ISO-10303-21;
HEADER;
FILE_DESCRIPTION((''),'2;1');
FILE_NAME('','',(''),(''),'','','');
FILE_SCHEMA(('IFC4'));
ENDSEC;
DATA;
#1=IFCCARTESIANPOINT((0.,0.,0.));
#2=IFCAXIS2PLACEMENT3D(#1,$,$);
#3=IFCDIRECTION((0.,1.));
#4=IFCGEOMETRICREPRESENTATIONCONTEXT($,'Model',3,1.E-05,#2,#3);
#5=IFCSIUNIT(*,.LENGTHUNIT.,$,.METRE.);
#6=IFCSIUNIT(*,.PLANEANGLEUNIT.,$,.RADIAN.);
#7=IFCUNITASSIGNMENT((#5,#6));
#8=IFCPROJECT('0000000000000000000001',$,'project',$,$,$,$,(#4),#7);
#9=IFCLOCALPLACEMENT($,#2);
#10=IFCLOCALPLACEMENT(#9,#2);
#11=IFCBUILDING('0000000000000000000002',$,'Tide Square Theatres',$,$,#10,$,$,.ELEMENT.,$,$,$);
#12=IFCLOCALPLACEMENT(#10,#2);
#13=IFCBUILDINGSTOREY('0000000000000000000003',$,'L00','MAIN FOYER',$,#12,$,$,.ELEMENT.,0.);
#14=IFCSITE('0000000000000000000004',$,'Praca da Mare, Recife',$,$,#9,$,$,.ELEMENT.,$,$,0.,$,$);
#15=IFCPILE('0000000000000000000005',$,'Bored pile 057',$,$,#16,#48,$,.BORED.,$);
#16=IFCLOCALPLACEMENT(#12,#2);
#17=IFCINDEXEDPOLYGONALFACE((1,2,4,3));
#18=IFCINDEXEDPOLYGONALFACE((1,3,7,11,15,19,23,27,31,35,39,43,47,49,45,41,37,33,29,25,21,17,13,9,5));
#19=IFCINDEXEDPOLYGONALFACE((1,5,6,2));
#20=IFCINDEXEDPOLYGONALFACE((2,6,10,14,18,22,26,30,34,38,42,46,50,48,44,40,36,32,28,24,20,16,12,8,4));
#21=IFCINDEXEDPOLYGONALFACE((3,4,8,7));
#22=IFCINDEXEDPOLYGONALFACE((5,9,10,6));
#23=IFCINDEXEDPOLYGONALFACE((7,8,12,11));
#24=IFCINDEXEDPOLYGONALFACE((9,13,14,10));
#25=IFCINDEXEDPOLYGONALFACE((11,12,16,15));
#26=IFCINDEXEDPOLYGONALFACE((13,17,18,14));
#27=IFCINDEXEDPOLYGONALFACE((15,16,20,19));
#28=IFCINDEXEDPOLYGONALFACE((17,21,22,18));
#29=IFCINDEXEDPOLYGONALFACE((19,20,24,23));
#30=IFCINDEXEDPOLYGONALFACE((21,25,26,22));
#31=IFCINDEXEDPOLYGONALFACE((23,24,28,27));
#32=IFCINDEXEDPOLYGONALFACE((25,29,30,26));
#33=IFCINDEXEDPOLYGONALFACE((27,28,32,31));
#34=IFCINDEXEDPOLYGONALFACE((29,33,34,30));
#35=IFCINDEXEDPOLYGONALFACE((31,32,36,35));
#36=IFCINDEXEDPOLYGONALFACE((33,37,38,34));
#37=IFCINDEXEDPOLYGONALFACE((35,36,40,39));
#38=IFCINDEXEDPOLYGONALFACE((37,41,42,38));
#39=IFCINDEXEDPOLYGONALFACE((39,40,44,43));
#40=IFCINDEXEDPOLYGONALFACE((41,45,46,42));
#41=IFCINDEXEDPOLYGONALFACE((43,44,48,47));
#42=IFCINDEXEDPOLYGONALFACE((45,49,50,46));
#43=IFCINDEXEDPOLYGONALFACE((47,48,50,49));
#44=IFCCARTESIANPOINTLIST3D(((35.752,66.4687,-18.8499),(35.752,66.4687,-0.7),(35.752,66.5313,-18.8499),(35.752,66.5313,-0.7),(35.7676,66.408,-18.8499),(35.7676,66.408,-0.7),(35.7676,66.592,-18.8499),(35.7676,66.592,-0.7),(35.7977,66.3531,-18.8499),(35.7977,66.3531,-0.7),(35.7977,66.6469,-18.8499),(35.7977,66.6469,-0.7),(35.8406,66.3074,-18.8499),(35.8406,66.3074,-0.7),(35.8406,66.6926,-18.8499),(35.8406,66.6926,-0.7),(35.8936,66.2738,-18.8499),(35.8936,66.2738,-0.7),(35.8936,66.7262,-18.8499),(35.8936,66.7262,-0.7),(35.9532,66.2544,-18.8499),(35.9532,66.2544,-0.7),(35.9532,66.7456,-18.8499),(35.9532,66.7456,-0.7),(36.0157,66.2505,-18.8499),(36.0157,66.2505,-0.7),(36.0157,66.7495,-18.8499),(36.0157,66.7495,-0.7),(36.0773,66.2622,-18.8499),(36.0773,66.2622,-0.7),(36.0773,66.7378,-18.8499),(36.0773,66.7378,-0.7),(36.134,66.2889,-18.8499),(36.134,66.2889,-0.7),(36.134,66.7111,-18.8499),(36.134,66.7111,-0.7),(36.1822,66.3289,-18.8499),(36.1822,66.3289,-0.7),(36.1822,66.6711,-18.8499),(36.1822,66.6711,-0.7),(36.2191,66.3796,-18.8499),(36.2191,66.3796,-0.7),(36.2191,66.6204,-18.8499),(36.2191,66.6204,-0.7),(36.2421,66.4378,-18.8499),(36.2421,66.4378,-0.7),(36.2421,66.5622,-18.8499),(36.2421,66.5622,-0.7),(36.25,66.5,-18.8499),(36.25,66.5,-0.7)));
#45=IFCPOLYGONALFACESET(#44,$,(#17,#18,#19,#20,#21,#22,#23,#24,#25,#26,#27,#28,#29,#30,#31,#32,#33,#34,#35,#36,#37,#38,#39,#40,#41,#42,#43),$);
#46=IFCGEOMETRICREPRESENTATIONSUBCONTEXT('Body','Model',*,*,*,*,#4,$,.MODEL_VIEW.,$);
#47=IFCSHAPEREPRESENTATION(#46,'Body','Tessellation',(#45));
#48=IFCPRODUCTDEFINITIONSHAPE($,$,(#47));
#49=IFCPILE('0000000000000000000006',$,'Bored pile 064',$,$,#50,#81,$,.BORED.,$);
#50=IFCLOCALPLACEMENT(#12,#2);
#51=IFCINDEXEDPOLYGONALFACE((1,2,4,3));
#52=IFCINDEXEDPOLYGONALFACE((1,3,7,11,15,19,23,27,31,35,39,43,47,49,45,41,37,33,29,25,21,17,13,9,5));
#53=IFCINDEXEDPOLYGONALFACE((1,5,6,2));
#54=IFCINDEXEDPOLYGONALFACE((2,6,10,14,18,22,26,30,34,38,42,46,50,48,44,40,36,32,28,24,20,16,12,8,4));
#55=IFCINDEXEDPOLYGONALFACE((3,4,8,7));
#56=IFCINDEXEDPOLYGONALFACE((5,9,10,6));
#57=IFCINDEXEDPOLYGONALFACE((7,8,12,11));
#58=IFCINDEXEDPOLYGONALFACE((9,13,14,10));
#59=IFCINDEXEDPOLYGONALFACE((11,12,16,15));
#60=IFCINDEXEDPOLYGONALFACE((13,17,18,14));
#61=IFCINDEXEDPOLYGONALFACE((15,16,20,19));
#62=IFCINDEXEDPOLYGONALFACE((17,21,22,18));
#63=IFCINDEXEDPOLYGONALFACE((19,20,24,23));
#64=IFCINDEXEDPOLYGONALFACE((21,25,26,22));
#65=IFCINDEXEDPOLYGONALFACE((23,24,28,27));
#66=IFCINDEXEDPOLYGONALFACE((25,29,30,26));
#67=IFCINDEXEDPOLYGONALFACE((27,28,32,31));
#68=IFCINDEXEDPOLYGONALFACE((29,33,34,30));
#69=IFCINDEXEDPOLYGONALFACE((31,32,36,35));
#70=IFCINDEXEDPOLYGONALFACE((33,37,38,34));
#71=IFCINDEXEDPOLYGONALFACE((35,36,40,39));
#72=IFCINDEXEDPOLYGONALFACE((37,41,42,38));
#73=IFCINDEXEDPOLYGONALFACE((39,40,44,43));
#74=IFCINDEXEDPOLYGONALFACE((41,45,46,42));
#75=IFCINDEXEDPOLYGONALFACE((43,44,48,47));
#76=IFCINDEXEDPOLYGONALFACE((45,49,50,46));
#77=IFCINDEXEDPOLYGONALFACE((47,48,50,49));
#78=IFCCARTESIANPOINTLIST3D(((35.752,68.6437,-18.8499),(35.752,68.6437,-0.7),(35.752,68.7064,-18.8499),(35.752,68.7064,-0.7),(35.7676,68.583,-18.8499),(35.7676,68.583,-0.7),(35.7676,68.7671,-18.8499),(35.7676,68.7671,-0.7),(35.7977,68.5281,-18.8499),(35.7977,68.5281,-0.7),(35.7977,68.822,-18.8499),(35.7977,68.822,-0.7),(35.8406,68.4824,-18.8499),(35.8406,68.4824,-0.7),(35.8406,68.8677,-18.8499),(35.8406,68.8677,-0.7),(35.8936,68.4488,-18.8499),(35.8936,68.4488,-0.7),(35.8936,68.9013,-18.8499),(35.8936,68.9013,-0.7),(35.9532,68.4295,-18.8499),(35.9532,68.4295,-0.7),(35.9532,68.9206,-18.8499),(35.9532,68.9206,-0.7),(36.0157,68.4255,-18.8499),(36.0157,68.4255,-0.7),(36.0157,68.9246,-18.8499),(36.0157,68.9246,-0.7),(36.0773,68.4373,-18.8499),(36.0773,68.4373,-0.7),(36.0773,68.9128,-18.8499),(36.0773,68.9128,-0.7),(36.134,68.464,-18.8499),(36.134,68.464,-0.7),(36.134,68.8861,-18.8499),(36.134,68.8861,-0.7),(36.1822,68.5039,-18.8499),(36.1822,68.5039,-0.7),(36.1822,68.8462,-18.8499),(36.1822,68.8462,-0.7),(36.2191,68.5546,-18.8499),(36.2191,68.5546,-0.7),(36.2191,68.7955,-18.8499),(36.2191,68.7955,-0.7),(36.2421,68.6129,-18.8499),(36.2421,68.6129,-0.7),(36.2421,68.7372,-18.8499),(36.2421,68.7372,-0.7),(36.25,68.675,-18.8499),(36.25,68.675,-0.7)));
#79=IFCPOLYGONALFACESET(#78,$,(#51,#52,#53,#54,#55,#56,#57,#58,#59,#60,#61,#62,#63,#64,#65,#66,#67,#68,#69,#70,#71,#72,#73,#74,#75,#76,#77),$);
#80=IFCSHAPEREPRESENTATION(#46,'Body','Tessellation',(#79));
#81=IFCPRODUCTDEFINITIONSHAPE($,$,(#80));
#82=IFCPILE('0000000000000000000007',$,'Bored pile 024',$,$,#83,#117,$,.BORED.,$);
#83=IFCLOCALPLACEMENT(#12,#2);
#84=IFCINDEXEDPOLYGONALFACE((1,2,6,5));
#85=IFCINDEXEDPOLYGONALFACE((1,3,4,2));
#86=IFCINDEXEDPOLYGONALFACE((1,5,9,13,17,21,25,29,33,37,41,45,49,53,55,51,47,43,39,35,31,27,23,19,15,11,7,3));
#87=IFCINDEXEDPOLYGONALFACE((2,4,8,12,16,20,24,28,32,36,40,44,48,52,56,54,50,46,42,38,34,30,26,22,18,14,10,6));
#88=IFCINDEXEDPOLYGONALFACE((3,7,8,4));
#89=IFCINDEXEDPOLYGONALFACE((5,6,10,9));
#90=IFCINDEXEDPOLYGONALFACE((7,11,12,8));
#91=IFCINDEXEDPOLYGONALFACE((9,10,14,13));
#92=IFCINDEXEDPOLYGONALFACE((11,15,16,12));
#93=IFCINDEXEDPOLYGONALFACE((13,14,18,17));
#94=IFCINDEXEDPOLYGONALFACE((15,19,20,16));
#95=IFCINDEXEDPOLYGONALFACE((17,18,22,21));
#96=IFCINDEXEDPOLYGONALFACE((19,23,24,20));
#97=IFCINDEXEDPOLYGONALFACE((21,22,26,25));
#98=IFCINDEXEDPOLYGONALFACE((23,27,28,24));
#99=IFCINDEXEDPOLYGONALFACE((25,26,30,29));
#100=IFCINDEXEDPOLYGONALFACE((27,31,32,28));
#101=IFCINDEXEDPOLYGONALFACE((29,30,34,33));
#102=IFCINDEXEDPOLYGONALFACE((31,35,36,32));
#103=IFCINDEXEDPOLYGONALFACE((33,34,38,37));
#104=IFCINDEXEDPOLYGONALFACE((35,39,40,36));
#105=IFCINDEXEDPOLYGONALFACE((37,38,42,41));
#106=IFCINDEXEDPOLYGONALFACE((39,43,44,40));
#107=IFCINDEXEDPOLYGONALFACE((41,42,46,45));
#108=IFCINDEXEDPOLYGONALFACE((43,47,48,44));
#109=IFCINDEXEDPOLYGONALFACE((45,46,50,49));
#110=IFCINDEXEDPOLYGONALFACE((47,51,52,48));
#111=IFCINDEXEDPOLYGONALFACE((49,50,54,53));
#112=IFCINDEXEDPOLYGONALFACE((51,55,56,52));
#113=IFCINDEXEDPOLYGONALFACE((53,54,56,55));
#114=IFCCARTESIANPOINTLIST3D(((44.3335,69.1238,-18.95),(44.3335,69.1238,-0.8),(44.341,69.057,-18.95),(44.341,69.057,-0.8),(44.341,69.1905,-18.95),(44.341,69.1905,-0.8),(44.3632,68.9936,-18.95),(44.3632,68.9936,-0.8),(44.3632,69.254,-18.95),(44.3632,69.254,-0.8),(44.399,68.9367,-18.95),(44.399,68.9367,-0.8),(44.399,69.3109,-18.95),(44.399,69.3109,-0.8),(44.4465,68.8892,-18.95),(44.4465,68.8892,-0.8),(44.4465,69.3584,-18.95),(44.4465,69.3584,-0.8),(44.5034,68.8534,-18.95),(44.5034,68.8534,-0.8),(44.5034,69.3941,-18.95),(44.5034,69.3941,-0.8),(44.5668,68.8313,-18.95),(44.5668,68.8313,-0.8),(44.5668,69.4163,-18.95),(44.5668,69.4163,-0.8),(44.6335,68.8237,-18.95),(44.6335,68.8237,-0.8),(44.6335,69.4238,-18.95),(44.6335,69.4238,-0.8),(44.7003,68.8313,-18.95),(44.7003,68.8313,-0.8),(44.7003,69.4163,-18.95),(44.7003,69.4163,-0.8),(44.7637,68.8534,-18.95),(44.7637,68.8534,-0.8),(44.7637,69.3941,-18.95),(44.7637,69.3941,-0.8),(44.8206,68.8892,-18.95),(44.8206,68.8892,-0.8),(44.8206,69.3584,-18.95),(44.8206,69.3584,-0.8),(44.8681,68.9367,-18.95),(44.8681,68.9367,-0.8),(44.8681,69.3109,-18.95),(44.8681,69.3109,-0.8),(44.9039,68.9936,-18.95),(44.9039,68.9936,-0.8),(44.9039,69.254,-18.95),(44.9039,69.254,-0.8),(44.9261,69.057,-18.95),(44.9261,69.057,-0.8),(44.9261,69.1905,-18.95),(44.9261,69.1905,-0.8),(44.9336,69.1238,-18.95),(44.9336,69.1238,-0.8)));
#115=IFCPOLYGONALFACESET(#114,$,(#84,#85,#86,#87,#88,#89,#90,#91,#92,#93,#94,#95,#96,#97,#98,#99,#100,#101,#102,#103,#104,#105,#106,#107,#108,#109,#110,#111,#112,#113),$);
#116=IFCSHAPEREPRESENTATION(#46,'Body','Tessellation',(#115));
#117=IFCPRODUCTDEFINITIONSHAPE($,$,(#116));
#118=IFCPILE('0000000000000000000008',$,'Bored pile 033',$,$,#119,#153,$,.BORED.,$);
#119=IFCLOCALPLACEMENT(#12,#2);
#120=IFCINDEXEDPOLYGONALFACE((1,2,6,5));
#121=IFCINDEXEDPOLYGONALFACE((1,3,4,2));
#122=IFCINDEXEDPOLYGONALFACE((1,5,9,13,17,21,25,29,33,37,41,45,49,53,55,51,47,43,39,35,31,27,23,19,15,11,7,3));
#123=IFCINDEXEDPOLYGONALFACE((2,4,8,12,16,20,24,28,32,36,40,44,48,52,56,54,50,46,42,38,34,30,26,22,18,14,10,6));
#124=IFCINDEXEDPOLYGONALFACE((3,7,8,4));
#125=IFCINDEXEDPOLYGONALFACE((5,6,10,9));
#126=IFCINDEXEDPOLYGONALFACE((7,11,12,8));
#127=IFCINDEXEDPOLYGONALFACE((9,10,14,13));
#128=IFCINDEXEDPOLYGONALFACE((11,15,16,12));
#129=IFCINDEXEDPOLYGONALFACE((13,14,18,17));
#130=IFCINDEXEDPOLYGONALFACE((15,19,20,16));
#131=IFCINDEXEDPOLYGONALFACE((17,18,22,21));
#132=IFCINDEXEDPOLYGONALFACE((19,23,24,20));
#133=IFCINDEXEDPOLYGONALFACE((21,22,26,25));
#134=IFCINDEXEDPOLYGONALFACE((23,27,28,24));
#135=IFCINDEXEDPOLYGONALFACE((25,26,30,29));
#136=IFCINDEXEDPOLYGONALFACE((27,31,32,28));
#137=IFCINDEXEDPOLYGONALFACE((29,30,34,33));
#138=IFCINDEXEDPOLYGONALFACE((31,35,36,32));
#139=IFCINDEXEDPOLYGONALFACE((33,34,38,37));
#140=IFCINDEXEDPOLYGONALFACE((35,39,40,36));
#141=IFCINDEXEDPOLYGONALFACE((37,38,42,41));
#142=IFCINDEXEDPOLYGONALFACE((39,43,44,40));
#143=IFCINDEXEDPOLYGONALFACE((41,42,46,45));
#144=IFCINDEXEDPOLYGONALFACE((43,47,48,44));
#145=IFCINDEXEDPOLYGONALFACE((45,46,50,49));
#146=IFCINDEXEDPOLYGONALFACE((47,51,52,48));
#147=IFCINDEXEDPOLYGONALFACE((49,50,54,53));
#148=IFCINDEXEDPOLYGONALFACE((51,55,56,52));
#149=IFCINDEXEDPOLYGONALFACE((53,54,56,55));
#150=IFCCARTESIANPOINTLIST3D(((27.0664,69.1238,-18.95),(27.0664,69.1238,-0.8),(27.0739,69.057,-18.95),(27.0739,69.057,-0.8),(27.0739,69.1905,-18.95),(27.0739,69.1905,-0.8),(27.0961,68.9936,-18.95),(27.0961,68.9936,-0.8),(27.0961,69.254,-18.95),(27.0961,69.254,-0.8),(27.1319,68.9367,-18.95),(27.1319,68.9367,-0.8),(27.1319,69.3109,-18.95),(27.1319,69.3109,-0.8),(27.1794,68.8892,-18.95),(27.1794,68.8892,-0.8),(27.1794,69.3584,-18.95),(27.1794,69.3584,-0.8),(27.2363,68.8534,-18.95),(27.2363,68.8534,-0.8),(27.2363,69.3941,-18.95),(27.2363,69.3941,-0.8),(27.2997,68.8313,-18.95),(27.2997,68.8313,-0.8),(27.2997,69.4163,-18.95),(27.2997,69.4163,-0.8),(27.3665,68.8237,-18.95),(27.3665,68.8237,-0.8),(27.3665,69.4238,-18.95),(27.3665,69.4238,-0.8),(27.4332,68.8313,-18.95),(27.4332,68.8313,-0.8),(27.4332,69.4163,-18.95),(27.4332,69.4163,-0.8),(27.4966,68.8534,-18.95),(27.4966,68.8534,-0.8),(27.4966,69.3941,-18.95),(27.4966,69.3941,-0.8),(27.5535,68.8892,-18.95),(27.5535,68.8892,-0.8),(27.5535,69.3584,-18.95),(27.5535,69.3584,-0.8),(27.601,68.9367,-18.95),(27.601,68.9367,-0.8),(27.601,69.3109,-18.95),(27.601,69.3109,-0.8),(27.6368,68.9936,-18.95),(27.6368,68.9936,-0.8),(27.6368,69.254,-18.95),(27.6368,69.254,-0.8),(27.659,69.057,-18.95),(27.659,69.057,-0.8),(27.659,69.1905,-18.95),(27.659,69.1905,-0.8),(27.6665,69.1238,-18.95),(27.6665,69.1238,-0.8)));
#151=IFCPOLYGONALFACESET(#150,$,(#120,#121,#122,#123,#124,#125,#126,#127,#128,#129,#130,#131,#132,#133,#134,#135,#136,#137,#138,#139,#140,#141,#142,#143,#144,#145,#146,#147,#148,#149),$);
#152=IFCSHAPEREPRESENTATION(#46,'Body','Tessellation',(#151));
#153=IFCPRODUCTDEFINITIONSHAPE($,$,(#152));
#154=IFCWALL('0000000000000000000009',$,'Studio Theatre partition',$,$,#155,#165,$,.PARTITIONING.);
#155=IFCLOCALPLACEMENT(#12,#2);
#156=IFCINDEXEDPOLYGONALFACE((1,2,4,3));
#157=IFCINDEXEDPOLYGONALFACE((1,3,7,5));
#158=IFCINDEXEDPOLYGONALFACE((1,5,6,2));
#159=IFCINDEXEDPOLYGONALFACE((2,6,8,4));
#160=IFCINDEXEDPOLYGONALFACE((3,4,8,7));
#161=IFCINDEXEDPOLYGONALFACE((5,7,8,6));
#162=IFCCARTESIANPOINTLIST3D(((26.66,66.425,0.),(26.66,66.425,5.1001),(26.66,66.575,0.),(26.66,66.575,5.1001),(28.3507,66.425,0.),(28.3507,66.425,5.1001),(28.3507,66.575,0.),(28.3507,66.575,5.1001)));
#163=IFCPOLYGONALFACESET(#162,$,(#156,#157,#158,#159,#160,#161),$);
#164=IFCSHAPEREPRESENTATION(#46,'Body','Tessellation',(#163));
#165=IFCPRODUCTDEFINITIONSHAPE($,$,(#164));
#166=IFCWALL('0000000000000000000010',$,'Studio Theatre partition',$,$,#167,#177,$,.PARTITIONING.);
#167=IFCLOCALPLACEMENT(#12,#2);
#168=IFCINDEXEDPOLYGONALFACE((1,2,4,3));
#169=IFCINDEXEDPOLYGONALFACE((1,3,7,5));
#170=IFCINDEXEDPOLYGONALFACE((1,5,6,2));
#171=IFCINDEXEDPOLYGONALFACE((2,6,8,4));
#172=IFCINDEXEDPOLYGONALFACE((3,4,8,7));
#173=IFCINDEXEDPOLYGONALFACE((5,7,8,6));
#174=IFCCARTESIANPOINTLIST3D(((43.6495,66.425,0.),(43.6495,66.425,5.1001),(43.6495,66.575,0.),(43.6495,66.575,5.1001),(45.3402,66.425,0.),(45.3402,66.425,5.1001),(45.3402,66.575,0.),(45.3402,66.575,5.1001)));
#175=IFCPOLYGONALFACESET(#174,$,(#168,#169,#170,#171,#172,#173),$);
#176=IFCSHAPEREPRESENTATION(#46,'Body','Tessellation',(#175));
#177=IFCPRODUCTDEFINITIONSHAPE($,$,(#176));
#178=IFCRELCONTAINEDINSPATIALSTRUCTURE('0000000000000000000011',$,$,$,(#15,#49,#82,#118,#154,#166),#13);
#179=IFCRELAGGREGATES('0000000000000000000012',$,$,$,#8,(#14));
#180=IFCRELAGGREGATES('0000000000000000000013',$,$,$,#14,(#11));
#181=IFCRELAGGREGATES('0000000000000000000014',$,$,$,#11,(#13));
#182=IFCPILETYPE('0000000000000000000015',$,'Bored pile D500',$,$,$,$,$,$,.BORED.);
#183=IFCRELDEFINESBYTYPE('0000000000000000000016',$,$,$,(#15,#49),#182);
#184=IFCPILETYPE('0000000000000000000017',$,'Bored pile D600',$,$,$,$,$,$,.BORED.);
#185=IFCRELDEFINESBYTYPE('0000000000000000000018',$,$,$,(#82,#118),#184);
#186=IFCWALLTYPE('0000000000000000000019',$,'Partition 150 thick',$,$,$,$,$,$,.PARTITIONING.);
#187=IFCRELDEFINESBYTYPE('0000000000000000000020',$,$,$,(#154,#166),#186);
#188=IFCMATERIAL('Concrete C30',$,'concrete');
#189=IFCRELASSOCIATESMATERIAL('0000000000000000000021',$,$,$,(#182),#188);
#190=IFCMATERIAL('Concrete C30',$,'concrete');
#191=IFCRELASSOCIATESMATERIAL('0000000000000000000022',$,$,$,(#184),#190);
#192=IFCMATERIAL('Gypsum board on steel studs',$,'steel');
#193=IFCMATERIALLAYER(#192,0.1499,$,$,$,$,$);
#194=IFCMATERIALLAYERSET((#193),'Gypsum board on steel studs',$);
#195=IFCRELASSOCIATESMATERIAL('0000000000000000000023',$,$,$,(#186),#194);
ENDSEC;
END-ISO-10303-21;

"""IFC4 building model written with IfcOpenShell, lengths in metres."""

from ifc_helpers import new_model, si_unit, direction, frame, frame_2d, origin, origin_2d, place, context, subcontext, project, spatial, rectangle, circle, extrude, material, layer, layer_set, material_profile, profile_set, type_object, element, save


model = new_model("IFC4")

# Units and contexts
model_context = context("Model", 3, precision=1e-05, world=origin(), true_north=direction((0.0, 1.0)))
body_context = subcontext(model_context, "Body", "Model", "MODEL_VIEW")
ifc_project = project(units=[si_unit("LENGTHUNIT", "METRE"), si_unit("PLANEANGLEUNIT", "RADIAN")], contexts=[model_context])

# Site, building, storey
site_placement = place(None, origin())
site = spatial("IfcSite", under=ifc_project, at=site_placement, Name="Praca da Mare, Recife", CompositionType="ELEMENT", RefElevation=0.0)
building_placement = place(site_placement, origin())
building = spatial("IfcBuilding", under=site, at=building_placement, Name="Tide Square Theatres", CompositionType="ELEMENT")
storey_placement = place(building_placement, origin())
storey = spatial("IfcBuildingStorey", under=building, at=storey_placement, Name="L00", Description="MAIN FOYER", CompositionType="ELEMENT", Elevation=0.0)

# Piles
ifc_material_1 = material(Name="Concrete C30", Category="concrete")
ifc_material_profile_1 = material_profile(ifc_material_1, circle(Radius=0.25, at=origin_2d()))
ifc_profile_set_1 = profile_set([ifc_material_profile_1], Name="Concrete C30")
pile_type_1 = type_object("IfcPileType", Name="Bored pile D500", PredefinedType="BORED", material=ifc_profile_set_1)
for number, where, z_axis, x_axis, name in (
    (1, (36.0, 66.5, -0.7), (0.0, 0.0, -1.0), (1.0, 0.0, 0.0), "Bored pile 057"),
    (2, (36.0, 68.675, -0.7), (0.0, 0.0, -1.0), (1.0, 0.0, 0.0), "Bored pile 064"),
):
    element("IfcPile", number, at=place(storey_placement, frame(where, z_axis=z_axis, x_axis=x_axis)), inside=storey, type_object=pile_type_1, Name=name, PredefinedType="BORED", context=body_context, shape_type="SweptSolid", body=[
        extrude(circle(Radius=0.25, at=origin_2d()), origin(), (0.0, 0.0, 1.0), 18.1499),
    ])
ifc_material_2 = material(Name="Concrete C30", Category="concrete")
ifc_material_profile_2 = material_profile(ifc_material_2, circle(Radius=0.3, at=origin_2d()))
ifc_profile_set_2 = profile_set([ifc_material_profile_2], Name="Concrete C30")
pile_type_2 = type_object("IfcPileType", Name="Bored pile D600", PredefinedType="BORED", material=ifc_profile_set_2)
for number, where, z_axis, x_axis, name in (
    (3, (44.6335, 69.1238, -0.8), (0.0, 0.0, -1.0), (1.0, 0.0, 0.0), "Bored pile 024"),
    (4, (27.3665, 69.1238, -0.8), (0.0, 0.0, -1.0), (1.0, 0.0, 0.0), "Bored pile 033"),
):
    element("IfcPile", number, at=place(storey_placement, frame(where, z_axis=z_axis, x_axis=x_axis)), inside=storey, type_object=pile_type_2, Name=name, PredefinedType="BORED", context=body_context, shape_type="SweptSolid", body=[
        extrude(circle(Radius=0.3, at=origin_2d()), origin(), (0.0, 0.0, 1.0), 18.1499),
    ])

# Walls
ifc_material_3 = material(Name="Gypsum board on steel studs", Category="steel")
ifc_layer_1 = layer(ifc_material_3, 0.1499)
ifc_layer_set_1 = layer_set([ifc_layer_1], Name="Gypsum board on steel studs")
wall_type_1 = type_object("IfcWallType", Name="Partition 150 thick", PredefinedType="PARTITIONING", material=ifc_layer_set_1)
for number, where, z_axis, x_axis, name in (
    (5, (28.3506, 66.5, 0.0), (0.0, 0.0, 1.0), (-1.0, 0.0, 0.0), "Studio Theatre partition"),
    (6, (45.3401, 66.5, 0.0), (0.0, 0.0, 1.0), (-1.0, 0.0, 0.0), "Studio Theatre partition"),
):
    element("IfcWall", number, at=place(storey_placement, frame(where, z_axis=z_axis, x_axis=x_axis)), inside=storey, type_object=wall_type_1, Name=name, PredefinedType="PARTITIONING", context=body_context, shape_type="SweptSolid", body=[
        extrude(rectangle(XDim=1.6907, YDim=0.1499, at=frame_2d((0.8452, 0.0))), origin(), (0.0, 0.0, 1.0), 5.1001),
    ])

save(model, "model.ifc")
